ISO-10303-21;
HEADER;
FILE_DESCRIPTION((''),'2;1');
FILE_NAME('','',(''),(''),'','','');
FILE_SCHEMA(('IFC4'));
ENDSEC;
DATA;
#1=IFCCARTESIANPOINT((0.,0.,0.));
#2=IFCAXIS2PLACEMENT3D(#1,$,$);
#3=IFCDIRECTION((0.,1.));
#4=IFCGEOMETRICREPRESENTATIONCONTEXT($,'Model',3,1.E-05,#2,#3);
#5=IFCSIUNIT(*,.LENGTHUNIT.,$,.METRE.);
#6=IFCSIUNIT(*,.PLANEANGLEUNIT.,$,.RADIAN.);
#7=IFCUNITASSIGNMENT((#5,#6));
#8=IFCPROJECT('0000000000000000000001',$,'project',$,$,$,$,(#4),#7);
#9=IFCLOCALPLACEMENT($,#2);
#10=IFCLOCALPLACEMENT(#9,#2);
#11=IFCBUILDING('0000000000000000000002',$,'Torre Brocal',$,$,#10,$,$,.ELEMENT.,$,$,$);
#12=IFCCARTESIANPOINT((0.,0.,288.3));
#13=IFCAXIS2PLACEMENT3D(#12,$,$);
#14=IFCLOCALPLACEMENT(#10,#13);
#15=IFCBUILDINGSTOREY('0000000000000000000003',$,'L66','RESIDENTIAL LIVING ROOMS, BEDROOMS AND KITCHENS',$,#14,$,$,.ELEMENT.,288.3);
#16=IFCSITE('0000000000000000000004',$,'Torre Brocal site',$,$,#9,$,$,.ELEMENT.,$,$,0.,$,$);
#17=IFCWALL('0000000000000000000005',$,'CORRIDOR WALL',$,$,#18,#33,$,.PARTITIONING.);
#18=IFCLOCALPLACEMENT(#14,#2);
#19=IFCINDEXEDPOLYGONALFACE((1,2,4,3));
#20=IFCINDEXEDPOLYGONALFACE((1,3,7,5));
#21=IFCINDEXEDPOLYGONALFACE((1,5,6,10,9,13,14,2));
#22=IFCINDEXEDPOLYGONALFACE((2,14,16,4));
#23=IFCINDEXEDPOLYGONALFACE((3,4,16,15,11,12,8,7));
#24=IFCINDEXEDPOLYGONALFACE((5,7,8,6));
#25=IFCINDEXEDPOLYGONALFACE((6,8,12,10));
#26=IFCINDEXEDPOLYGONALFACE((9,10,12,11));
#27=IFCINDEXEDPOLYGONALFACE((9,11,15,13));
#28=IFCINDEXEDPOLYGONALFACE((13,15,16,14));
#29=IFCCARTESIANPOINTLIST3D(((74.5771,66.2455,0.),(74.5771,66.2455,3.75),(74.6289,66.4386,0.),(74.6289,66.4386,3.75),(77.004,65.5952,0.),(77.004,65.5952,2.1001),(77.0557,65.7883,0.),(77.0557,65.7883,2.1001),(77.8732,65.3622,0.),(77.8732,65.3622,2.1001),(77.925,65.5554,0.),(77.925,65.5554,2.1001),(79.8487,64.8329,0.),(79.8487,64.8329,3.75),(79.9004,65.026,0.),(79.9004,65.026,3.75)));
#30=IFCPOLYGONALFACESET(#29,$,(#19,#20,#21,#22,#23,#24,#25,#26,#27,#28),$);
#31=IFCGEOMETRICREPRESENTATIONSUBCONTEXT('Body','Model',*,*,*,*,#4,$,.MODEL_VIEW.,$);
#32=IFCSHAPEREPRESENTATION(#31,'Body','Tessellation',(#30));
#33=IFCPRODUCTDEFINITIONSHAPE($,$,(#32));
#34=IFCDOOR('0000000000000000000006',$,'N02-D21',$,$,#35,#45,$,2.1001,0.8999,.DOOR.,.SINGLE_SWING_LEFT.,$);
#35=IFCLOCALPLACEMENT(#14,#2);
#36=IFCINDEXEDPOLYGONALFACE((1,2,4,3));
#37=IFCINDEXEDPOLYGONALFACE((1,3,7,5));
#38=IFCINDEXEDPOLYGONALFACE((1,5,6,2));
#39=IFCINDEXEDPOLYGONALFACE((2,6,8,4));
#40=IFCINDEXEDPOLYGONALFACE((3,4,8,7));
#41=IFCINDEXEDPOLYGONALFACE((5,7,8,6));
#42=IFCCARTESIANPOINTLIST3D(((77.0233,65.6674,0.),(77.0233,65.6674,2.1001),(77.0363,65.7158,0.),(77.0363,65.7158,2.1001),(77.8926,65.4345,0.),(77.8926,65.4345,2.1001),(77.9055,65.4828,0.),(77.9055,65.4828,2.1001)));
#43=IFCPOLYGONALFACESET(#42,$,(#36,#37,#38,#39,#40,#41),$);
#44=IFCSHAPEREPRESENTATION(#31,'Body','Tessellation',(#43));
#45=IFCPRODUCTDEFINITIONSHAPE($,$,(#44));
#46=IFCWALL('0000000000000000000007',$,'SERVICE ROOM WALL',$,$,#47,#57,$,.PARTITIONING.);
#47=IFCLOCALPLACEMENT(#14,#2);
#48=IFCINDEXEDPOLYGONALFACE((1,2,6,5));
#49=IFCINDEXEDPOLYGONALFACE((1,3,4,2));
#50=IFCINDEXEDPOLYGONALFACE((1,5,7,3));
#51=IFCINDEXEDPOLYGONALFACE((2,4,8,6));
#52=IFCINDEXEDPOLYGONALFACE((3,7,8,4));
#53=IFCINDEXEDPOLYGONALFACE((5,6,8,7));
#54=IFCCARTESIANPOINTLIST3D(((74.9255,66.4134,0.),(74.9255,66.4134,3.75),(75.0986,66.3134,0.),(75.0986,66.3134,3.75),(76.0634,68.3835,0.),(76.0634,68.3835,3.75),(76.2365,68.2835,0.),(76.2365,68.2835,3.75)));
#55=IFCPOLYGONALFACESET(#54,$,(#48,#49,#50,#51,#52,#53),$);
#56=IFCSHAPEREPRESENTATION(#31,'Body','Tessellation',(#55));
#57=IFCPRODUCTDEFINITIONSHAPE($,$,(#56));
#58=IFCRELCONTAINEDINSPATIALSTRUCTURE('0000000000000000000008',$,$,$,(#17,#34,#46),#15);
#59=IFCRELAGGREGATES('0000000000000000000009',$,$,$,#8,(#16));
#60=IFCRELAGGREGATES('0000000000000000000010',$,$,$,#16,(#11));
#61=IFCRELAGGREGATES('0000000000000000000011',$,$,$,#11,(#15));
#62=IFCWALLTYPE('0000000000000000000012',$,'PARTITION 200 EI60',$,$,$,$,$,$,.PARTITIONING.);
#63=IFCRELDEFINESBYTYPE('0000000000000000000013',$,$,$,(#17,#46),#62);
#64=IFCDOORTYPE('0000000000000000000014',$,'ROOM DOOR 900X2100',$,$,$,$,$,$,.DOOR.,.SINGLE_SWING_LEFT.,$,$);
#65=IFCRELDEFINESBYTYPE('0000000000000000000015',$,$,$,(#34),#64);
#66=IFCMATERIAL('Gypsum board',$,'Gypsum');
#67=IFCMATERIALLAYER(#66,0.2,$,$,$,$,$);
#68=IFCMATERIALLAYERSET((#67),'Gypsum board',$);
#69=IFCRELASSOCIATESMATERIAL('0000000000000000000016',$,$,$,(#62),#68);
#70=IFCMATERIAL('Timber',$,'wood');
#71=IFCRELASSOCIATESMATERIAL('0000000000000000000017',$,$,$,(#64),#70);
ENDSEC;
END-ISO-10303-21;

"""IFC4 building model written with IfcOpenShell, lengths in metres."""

from ifc_helpers import new_model, si_unit, direction, frame, frame_2d, origin, place, context, subcontext, project, spatial, rectangle, extrude, material, layer, layer_set, type_object, element, fill, save


model = new_model("IFC4")

# Units and contexts
model_context = context("Model", 3, precision=1e-05, world=origin(), true_north=direction((0.0, 1.0)))
body_context = subcontext(model_context, "Body", "Model", "MODEL_VIEW")
ifc_project = project(units=[si_unit("LENGTHUNIT", "METRE"), si_unit("PLANEANGLEUNIT", "RADIAN")], contexts=[model_context])

# Site, building, storey
site_placement = place(None, origin())
site = spatial("IfcSite", under=ifc_project, at=site_placement, Name="Torre Brocal site", CompositionType="ELEMENT", RefElevation=0.0)
building_placement = place(site_placement, origin())
building = spatial("IfcBuilding", under=site, at=building_placement, Name="Torre Brocal", CompositionType="ELEMENT")
storey_placement = place(building_placement, frame((0.0, 0.0, 288.3)))
storey = spatial("IfcBuildingStorey", under=building, at=storey_placement, Name="L66", Description="RESIDENTIAL LIVING ROOMS, BEDROOMS AND KITCHENS", CompositionType="ELEMENT", Elevation=288.3)

# Wall, opening, door
ifc_material_1 = material(Name="Gypsum board", Category="Gypsum")
ifc_layer_1 = layer(ifc_material_1, 0.2)
ifc_layer_set_1 = layer_set([ifc_layer_1], Name="Gypsum board")
wall_type_1 = type_object("IfcWallType", Name="PARTITION 200 EI60", PredefinedType="PARTITIONING", material=ifc_layer_set_1)
wall_1_placement = place(storey_placement, frame((74.603, 66.342, 0.0), z_axis=(0.0, 0.0, 1.0), x_axis=(0.965921, -0.258837, 0.0)))
wall_1 = element("IfcWall", 1, at=wall_1_placement, inside=storey, type_object=wall_type_1, Name="CORRIDOR WALL", PredefinedType="PARTITIONING", context=body_context, shape_type="SweptSolid", body=[
    extrude(rectangle(XDim=5.4575, YDim=0.2, at=frame_2d((2.7288, 0.0))), origin(), (0.0, 0.0, 1.0), 3.75),
])
opening_1_placement = place(wall_1_placement, frame((2.5125, 0.0, 0.0)))
opening_1 = element("IfcOpeningElement", 2, at=opening_1_placement, cuts=wall_1, PredefinedType="OPENING", context=body_context, shape_type="SweptSolid", body=[
    extrude(rectangle(XDim=0.8999, YDim=2.1001, at=frame_2d((0.45, 1.05))), frame((0.0, 0.1099, 0.0), z_axis=(0.0, -1.0, 0.0), x_axis=(1.0, 0.0, 0.0)), (0.0, 0.0, 1.0), 0.22),
])
ifc_material_2 = material(Name="Timber", Category="wood")
door_type_1 = type_object("IfcDoorType", Name="ROOM DOOR 900X2100", OperationType="SINGLE_SWING_LEFT", PredefinedType="DOOR", material=ifc_material_2)
door_1_placement = place(opening_1_placement, origin())
door_1 = element("IfcDoor", 3, at=door_1_placement, inside=storey, type_object=door_type_1, Name="N02-D21", OperationType="SINGLE_SWING_LEFT", OverallHeight=2.1001, OverallWidth=0.8999, PredefinedType="DOOR", context=body_context, shape_type="SweptSolid", body=[
    extrude(rectangle(XDim=0.8999, YDim=2.1001, at=frame_2d((0.45, 1.05))), frame((0.0, 0.0249, 0.0), z_axis=(0.0, -1.0, 0.0), x_axis=(1.0, 0.0, 0.0)), (0.0, 0.0, 1.0), 0.05),
])
fill(opening_1, door_1)

# Wall
wall_2_placement = place(storey_placement, frame((75.012, 66.3633, 0.0), z_axis=(0.0, 0.0, 1.0), x_axis=(0.500144, 0.865943, 0.0)))
element("IfcWall", 4, at=wall_2_placement, inside=storey, type_object=wall_type_1, Name="SERVICE ROOM WALL", PredefinedType="PARTITIONING", context=body_context, shape_type="SweptSolid", body=[
    extrude(rectangle(XDim=2.2751, YDim=0.2, at=frame_2d((1.1377, 0.0))), origin(), (0.0, 0.0, 1.0), 3.75),
])

save(model, "model.ifc")
